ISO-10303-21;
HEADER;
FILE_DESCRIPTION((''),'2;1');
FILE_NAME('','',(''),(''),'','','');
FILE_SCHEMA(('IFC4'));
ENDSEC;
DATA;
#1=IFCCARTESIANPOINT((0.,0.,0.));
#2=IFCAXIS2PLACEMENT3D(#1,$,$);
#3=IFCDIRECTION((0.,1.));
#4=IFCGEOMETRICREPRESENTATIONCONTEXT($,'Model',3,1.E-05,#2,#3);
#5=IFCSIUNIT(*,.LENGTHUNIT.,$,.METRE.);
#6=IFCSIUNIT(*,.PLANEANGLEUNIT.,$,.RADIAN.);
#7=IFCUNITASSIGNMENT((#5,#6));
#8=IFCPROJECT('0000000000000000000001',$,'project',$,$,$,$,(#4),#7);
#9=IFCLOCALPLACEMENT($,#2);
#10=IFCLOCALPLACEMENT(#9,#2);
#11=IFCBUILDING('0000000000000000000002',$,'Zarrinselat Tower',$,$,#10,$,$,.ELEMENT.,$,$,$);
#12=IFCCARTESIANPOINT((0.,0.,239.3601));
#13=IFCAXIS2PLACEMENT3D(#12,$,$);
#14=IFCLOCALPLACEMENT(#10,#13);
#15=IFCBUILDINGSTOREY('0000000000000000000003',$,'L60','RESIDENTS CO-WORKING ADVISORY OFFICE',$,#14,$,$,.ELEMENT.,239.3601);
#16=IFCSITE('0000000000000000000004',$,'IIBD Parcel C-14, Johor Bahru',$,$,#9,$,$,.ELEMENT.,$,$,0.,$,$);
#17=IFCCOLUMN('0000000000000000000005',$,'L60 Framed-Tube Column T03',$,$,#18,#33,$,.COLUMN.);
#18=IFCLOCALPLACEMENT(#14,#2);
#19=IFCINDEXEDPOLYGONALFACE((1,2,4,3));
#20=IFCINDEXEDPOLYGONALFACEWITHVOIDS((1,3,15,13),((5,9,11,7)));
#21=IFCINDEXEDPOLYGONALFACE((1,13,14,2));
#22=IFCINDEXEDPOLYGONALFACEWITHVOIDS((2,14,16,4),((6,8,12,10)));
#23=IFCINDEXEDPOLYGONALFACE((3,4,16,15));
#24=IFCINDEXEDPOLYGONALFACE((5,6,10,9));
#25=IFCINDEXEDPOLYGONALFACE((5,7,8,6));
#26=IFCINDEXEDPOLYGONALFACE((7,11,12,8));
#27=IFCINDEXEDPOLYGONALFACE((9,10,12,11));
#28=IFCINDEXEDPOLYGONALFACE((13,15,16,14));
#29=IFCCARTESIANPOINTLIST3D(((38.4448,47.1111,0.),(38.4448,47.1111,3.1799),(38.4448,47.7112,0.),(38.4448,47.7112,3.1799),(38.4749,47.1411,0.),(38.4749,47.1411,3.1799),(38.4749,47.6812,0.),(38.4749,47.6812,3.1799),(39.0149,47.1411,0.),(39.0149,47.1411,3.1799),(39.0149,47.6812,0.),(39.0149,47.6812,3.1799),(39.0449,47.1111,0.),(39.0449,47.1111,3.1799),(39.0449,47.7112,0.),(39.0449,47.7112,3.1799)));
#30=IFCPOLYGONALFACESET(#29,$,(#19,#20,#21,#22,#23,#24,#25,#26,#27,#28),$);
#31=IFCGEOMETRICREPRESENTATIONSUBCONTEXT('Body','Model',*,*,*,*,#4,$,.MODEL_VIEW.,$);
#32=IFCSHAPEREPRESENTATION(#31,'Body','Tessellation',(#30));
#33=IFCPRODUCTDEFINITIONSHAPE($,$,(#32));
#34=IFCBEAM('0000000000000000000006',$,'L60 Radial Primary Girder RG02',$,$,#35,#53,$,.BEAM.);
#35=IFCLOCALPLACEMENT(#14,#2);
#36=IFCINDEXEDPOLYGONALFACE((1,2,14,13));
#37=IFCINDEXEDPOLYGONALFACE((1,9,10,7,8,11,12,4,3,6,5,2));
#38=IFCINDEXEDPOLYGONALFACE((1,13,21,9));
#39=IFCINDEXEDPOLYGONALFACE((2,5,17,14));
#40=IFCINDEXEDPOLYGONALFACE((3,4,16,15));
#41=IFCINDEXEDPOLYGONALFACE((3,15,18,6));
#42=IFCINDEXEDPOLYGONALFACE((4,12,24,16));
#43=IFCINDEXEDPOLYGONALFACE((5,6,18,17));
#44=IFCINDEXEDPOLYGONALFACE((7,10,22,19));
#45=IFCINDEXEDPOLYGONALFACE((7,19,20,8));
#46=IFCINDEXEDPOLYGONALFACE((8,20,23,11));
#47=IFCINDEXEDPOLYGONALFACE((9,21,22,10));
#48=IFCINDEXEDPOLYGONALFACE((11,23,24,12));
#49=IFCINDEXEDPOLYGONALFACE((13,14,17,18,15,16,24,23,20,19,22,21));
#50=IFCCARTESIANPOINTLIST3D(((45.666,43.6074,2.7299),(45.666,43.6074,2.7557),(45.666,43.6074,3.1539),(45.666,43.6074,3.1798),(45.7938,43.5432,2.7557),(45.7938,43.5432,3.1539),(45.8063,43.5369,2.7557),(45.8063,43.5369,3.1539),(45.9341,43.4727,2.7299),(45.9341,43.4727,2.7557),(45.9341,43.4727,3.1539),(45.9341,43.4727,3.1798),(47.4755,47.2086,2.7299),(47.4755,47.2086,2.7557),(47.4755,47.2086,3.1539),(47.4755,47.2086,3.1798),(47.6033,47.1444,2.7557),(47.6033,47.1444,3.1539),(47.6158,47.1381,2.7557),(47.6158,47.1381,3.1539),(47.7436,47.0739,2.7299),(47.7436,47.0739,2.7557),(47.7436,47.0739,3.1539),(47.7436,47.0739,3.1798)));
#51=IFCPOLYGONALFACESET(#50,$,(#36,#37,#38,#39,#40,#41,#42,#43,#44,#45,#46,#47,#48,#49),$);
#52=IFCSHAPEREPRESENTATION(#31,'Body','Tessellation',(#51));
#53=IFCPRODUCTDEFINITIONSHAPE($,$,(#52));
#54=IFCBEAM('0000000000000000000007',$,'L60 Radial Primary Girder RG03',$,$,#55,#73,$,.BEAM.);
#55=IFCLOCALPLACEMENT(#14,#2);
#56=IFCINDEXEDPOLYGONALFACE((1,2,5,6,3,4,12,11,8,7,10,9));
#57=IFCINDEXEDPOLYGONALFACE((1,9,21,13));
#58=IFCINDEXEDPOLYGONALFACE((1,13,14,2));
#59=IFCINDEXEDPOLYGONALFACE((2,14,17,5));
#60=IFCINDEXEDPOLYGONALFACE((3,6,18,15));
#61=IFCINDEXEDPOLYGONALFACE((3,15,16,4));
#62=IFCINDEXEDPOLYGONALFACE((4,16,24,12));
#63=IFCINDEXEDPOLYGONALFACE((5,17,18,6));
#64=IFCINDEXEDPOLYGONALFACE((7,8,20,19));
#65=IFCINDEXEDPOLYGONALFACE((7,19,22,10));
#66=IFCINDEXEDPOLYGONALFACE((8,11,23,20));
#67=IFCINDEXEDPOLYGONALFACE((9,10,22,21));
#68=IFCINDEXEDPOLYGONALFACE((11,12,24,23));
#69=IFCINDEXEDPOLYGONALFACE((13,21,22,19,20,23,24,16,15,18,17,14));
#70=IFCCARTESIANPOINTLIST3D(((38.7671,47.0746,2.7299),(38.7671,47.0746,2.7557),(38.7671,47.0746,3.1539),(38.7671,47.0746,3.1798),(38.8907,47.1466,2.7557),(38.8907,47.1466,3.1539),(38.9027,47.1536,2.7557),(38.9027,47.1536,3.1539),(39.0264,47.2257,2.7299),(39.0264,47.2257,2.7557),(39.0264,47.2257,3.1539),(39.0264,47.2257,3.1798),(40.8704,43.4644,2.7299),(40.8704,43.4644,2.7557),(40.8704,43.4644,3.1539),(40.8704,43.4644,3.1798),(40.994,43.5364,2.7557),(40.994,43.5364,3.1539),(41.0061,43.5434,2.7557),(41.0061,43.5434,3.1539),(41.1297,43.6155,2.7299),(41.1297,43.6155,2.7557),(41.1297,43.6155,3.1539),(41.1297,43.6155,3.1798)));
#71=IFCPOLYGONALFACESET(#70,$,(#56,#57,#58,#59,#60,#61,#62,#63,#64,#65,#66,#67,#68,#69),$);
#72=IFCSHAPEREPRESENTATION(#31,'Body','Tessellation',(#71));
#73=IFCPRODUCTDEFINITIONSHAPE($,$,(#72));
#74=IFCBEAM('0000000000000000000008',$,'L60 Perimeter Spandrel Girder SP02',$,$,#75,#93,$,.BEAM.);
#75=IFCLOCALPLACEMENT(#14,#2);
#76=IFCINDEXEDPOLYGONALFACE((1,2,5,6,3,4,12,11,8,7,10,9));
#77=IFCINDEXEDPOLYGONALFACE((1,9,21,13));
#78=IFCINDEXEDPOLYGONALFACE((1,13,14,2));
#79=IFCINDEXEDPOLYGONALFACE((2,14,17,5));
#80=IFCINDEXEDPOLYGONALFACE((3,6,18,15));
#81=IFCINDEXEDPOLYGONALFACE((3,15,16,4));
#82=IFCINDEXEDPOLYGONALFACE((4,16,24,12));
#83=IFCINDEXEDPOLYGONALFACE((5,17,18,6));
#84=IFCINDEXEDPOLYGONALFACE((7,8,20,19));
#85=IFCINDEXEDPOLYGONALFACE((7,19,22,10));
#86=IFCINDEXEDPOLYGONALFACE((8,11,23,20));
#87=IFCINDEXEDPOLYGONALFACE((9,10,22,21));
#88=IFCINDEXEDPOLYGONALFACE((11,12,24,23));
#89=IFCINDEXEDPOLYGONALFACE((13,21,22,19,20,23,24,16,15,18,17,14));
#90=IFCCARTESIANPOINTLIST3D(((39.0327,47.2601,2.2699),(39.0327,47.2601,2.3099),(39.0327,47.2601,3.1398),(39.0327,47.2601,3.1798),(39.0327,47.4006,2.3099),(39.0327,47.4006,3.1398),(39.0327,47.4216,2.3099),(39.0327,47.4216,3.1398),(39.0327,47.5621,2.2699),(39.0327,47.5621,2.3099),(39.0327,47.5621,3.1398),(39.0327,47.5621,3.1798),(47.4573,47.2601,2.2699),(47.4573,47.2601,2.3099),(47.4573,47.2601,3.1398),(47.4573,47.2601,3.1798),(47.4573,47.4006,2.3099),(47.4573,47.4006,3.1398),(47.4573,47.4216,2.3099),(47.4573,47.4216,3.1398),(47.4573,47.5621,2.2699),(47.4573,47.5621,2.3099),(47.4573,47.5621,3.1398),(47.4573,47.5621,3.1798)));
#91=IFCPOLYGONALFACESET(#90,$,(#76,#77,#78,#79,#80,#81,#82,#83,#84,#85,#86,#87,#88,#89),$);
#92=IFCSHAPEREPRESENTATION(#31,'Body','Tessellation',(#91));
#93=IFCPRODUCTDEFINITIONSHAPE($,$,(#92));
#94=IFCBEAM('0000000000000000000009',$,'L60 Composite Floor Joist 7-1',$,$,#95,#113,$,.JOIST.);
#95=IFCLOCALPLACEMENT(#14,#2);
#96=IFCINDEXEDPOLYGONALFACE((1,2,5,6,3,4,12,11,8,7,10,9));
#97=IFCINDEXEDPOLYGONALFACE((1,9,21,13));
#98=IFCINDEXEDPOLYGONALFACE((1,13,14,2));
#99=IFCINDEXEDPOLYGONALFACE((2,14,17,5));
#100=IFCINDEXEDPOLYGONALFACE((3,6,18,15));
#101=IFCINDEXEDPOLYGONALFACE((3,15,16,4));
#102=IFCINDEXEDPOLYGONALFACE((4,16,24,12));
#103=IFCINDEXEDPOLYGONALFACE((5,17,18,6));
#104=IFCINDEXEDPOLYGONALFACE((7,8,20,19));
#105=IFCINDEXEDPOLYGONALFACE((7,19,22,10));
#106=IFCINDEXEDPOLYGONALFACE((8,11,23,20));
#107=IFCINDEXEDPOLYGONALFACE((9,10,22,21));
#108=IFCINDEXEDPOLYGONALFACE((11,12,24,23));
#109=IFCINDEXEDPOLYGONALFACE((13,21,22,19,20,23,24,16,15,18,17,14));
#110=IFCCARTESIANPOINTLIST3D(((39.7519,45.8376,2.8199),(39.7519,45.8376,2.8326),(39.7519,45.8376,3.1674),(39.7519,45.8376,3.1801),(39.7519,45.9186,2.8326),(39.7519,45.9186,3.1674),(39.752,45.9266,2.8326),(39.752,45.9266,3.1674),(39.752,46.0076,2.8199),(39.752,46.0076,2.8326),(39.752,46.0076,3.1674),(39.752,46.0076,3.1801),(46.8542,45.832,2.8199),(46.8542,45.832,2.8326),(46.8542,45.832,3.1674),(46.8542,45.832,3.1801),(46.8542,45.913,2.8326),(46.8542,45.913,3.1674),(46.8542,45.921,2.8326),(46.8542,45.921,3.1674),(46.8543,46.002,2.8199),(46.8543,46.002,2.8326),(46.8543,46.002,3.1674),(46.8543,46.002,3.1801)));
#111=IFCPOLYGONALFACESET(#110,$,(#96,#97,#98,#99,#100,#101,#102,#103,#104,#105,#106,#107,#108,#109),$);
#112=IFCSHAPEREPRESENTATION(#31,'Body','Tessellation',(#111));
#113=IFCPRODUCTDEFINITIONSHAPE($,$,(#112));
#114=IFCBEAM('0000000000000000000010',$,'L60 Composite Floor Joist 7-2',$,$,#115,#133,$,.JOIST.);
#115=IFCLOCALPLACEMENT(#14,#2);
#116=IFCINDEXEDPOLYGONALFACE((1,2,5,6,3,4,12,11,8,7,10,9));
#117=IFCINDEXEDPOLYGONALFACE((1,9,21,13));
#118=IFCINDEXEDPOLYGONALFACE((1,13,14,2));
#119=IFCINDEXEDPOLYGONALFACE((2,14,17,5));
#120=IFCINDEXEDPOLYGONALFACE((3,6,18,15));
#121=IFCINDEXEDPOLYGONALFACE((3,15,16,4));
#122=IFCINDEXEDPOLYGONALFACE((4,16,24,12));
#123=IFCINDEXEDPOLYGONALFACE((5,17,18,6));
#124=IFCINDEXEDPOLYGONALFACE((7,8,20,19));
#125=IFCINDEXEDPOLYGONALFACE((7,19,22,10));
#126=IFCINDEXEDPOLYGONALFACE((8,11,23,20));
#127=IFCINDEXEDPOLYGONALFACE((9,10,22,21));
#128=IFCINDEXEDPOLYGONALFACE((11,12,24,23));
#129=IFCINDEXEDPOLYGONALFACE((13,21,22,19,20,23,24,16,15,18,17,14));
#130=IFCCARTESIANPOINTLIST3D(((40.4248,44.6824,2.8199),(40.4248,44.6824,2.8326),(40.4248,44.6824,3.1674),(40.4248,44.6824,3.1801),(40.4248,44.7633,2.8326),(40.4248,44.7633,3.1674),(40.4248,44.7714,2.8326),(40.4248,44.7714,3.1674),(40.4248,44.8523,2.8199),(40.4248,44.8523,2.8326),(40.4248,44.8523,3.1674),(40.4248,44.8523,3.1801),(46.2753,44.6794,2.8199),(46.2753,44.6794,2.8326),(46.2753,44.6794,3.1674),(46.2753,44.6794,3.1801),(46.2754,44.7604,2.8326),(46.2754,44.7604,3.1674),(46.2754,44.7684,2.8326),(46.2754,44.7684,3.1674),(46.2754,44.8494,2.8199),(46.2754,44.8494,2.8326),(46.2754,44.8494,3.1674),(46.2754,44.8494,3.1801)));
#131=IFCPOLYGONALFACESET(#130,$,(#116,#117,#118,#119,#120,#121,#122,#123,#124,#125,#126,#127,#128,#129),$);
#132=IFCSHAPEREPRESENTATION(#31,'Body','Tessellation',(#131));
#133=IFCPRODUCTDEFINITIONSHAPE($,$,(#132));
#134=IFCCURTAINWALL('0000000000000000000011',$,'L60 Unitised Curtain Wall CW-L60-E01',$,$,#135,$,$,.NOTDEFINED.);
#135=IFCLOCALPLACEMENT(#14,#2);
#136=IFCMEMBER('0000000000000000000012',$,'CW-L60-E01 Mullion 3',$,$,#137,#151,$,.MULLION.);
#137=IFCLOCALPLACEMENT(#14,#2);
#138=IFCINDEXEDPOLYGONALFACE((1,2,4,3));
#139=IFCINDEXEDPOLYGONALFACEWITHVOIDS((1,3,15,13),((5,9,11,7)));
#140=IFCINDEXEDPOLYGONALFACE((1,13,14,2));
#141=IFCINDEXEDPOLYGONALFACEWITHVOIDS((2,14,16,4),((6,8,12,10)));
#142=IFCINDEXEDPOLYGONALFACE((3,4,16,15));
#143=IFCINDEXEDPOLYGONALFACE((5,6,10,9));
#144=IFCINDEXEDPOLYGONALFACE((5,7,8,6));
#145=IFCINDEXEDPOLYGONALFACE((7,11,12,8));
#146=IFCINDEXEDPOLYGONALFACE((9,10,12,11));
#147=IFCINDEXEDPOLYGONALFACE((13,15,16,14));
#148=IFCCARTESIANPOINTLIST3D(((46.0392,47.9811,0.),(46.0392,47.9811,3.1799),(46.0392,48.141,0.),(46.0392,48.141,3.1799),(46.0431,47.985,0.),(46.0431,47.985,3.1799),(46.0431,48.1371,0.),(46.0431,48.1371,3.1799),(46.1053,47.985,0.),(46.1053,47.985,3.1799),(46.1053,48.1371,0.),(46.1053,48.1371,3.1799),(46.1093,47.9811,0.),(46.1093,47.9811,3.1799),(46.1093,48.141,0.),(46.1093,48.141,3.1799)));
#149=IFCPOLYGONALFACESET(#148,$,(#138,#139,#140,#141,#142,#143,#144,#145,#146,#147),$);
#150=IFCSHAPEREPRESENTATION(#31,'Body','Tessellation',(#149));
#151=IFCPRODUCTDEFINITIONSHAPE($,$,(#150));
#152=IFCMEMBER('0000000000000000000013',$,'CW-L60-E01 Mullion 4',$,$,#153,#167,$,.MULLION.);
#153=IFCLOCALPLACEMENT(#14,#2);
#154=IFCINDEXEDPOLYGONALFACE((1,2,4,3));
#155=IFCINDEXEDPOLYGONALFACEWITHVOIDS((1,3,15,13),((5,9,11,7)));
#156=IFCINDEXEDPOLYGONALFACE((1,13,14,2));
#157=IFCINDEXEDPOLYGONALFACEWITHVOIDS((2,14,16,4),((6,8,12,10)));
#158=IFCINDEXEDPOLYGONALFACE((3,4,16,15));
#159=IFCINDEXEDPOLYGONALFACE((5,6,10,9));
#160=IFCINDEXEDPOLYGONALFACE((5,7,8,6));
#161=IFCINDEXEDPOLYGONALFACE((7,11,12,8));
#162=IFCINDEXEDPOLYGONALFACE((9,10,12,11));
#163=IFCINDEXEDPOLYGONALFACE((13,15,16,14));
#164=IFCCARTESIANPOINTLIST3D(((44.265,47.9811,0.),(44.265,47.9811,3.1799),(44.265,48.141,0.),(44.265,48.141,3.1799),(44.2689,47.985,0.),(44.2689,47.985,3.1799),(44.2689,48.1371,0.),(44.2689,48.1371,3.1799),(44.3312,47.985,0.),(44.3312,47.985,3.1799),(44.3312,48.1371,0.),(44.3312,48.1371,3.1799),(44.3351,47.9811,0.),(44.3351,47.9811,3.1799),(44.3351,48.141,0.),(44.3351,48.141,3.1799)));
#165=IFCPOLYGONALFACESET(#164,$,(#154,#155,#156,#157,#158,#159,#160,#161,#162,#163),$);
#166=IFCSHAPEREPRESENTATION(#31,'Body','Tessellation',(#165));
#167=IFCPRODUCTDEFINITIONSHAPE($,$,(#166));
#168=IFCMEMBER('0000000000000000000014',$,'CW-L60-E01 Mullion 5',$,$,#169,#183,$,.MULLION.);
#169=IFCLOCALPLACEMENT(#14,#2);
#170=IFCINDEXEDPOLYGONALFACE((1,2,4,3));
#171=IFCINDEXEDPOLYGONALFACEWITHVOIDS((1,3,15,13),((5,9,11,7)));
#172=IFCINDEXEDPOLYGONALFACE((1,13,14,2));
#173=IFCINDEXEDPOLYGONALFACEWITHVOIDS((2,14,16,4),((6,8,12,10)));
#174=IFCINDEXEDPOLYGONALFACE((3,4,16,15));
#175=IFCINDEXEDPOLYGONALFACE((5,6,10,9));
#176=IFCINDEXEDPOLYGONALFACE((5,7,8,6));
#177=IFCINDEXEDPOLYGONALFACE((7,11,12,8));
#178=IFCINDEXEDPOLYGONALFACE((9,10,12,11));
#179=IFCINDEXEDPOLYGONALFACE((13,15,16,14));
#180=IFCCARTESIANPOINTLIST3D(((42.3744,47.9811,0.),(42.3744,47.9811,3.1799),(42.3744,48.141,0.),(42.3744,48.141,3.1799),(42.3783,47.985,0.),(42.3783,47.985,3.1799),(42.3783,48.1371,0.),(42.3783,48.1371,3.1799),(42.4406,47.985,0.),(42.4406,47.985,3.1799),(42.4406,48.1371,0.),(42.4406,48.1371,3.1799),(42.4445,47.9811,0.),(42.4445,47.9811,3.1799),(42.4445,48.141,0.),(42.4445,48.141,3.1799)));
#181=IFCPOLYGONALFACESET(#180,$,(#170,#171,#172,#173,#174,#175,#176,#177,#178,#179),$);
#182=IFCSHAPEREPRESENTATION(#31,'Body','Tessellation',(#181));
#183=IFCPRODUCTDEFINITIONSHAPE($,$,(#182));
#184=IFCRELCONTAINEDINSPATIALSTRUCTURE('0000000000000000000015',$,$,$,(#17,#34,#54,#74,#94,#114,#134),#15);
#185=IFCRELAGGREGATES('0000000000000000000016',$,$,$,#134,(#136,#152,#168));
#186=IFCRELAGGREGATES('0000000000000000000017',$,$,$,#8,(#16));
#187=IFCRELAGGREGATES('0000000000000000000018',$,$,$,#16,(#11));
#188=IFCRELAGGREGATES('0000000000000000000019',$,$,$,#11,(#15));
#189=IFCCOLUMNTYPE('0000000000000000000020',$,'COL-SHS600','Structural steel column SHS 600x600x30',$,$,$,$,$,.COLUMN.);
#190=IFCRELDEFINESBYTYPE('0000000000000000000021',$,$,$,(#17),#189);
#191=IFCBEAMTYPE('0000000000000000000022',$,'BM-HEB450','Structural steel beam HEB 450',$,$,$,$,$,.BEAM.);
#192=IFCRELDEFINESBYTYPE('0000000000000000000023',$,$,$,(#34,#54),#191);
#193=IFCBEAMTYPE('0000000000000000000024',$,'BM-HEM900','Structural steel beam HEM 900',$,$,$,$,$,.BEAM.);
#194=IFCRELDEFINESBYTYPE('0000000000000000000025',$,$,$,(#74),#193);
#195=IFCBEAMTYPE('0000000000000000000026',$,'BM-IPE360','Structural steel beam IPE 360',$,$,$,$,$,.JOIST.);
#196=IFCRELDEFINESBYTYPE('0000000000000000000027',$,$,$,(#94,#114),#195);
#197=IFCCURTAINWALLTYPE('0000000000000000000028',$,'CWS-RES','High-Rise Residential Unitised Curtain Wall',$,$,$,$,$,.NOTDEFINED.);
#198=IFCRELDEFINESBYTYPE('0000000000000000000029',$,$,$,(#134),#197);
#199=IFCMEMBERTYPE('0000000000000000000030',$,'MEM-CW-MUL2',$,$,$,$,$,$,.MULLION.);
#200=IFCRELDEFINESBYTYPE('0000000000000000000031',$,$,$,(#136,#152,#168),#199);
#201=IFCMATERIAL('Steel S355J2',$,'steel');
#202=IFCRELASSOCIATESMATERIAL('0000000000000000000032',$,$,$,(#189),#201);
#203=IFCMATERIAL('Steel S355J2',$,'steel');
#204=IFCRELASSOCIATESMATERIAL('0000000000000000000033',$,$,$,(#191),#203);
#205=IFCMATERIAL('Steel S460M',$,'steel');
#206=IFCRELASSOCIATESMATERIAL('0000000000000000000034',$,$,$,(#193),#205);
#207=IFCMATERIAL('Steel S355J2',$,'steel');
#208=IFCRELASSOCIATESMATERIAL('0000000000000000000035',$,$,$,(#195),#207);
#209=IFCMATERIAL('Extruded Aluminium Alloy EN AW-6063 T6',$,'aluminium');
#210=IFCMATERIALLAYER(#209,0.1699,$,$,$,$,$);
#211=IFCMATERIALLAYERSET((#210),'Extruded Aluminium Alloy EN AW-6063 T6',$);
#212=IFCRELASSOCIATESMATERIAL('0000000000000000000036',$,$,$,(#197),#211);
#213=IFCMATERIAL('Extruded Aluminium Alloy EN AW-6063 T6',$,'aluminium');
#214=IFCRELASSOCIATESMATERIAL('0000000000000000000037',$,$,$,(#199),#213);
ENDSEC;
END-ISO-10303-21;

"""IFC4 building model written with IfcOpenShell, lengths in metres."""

from ifc_helpers import new_model, si_unit, direction, frame, origin, origin_2d, place, context, subcontext, project, spatial, hollow_rectangle, i_section, extrude, material, layer, layer_set, material_profile, profile_set, type_object, element, aggregate, save


model = new_model("IFC4")

# Units and contexts
model_context = context("Model", 3, precision=1e-05, world=origin(), true_north=direction((0.0, 1.0)))
body_context = subcontext(model_context, "Body", "Model", "MODEL_VIEW")
ifc_project = project(units=[si_unit("LENGTHUNIT", "METRE"), si_unit("PLANEANGLEUNIT", "RADIAN")], contexts=[model_context])

# Site, building, storey
site_placement = place(None, origin())
site = spatial("IfcSite", under=ifc_project, at=site_placement, Name="IIBD Parcel C-14, Johor Bahru", CompositionType="ELEMENT", RefElevation=0.0)
building_placement = place(site_placement, origin())
building = spatial("IfcBuilding", under=site, at=building_placement, Name="Zarrinselat Tower", CompositionType="ELEMENT")
storey_placement = place(building_placement, frame((0.0, 0.0, 239.3601)))
storey = spatial("IfcBuildingStorey", under=building, at=storey_placement, Name="L60", Description="RESIDENTS CO-WORKING ADVISORY OFFICE", CompositionType="ELEMENT", Elevation=239.3601)

# Column
ifc_material_1 = material(Name="Steel S355J2", Category="steel")
ifc_material_profile_1 = material_profile(ifc_material_1, hollow_rectangle(XDim=0.6001, YDim=0.6001, WallThickness=0.03, at=origin_2d()), Name="SHS 600x600x30")
ifc_profile_set_1 = profile_set([ifc_material_profile_1], Name="Steel S355J2")
column_type = type_object("IfcColumnType", Name="COL-SHS600", Description="Structural steel column SHS 600x600x30", PredefinedType="COLUMN", material=ifc_profile_set_1)
column_placement = place(storey_placement, frame((38.7449, 47.4111, 0.0), z_axis=(0.0, 0.0, 1.0), x_axis=(1.0, 0.0, 0.0)))
element("IfcColumn", 1, at=column_placement, inside=storey, type_object=column_type, Name="L60 Framed-Tube Column T03", PredefinedType="COLUMN", context=body_context, shape_type="SweptSolid", body=[
    extrude(hollow_rectangle(XDim=0.6001, YDim=0.6001, WallThickness=0.03, at=origin_2d()), origin(), (0.0, 0.0, 1.0), 3.1799),
])

# Beams
ifc_material_2 = material(Name="Steel S355J2", Category="steel")
ifc_material_profile_2 = material_profile(ifc_material_2, i_section(OverallWidth=0.3, OverallDepth=0.45, WebThickness=0.0139, FlangeThickness=0.0259, at=origin_2d()), Name="HEB 450")
ifc_profile_set_2 = profile_set([ifc_material_profile_2], Name="Steel S355J2")
beam_type_1 = type_object("IfcBeamType", Name="BM-HEB450", Description="Structural steel beam HEB 450", PredefinedType="BEAM", material=ifc_profile_set_2)
beam_1_placement = place(storey_placement, frame((45.8, 43.54, 2.9548), z_axis=(0.448982, 0.893541, 0.0), x_axis=(-0.893541, 0.448982, 0.0)))
element("IfcBeam", 2, at=beam_1_placement, inside=storey, type_object=beam_type_1, Name="L60 Radial Primary Girder RG02", PredefinedType="BEAM", context=body_context, shape_type="SweptSolid", body=[
    extrude(i_section(OverallWidth=0.3, OverallDepth=0.45, WebThickness=0.0139, FlangeThickness=0.0259, at=origin_2d()), origin(), (0.0, 0.0, 1.0), 4.0303),
])
beam_2_placement = place(storey_placement, frame((38.8967, 47.1501, 2.9548), z_axis=(0.503402, -0.864052, 0.0), x_axis=(0.864052, 0.503402, 0.0)))
element("IfcBeam", 3, at=beam_2_placement, inside=storey, type_object=beam_type_1, Name="L60 Radial Primary Girder RG03", PredefinedType="BEAM", context=body_context, shape_type="SweptSolid", body=[
    extrude(i_section(OverallWidth=0.3, OverallDepth=0.45, WebThickness=0.0139, FlangeThickness=0.0259, at=origin_2d()), origin(), (0.0, 0.0, 1.0), 4.1782),
])
ifc_material_3 = material(Name="Steel S460M", Category="steel")
ifc_material_profile_3 = material_profile(ifc_material_3, i_section(OverallWidth=0.302, OverallDepth=0.9099, WebThickness=0.021, FlangeThickness=0.04, at=origin_2d()), Name="HEM 900")
ifc_profile_set_3 = profile_set([ifc_material_profile_3], Name="Steel S460M")
beam_type_2 = type_object("IfcBeamType", Name="BM-HEM900", Description="Structural steel beam HEM 900", PredefinedType="BEAM", material=ifc_profile_set_3)
beam_3_placement = place(storey_placement, frame((39.0327, 47.4111, 2.7249), z_axis=(1.0, 0.0, 0.0), x_axis=(0.0, 1.0, 0.0)))
element("IfcBeam", 4, at=beam_3_placement, inside=storey, type_object=beam_type_2, Name="L60 Perimeter Spandrel Girder SP02", PredefinedType="BEAM", context=body_context, shape_type="SweptSolid", body=[
    extrude(i_section(OverallWidth=0.302, OverallDepth=0.9099, WebThickness=0.021, FlangeThickness=0.04, at=origin_2d()), origin(), (0.0, 0.0, 1.0), 8.4246),
])
ifc_material_4 = material(Name="Steel S355J2", Category="steel")
ifc_material_profile_4 = material_profile(ifc_material_4, i_section(OverallWidth=0.1699, OverallDepth=0.3601, WebThickness=0.0081, FlangeThickness=0.0127, at=origin_2d()), Name="IPE 360")
ifc_profile_set_4 = profile_set([ifc_material_profile_4], Name="Steel S355J2")
beam_type_3 = type_object("IfcBeamType", Name="BM-IPE360", Description="Structural steel beam IPE 360", PredefinedType="JOIST", material=ifc_profile_set_4)
beam_4_placement = place(storey_placement, frame((39.752, 45.9226, 3.0), z_axis=(1.0, -0.000791, 0.0), x_axis=(0.000791, 1.0, 0.0)))
element("IfcBeam", 5, at=beam_4_placement, inside=storey, type_object=beam_type_3, Name="L60 Composite Floor Joist 7-1", PredefinedType="JOIST", context=body_context, shape_type="SweptSolid", body=[
    extrude(i_section(OverallWidth=0.1699, OverallDepth=0.3601, WebThickness=0.0081, FlangeThickness=0.0127, at=origin_2d()), origin(), (0.0, 0.0, 1.0), 7.1023),
])
beam_5_placement = place(storey_placement, frame((40.4248, 44.7673, 3.0), z_axis=(1.0, -0.000501, 0.0), x_axis=(0.000501, 1.0, 0.0)))
element("IfcBeam", 6, at=beam_5_placement, inside=storey, type_object=beam_type_3, Name="L60 Composite Floor Joist 7-2", PredefinedType="JOIST", context=body_context, shape_type="SweptSolid", body=[
    extrude(i_section(OverallWidth=0.1699, OverallDepth=0.3601, WebThickness=0.0081, FlangeThickness=0.0127, at=origin_2d()), origin(), (0.0, 0.0, 1.0), 5.8506),
])

# Curtain wall, members
ifc_material_5 = material(Name="Extruded Aluminium Alloy EN AW-6063 T6", Category="aluminium")
ifc_layer_1 = layer(ifc_material_5, 0.1699)
ifc_layer_set_1 = layer_set([ifc_layer_1], Name="Extruded Aluminium Alloy EN AW-6063 T6")
curtain_wall_type = type_object("IfcCurtainWallType", Name="CWS-RES", Description="High-Rise Residential Unitised Curtain Wall", PredefinedType="NOTDEFINED", material=ifc_layer_set_1)
curtain_wall_placement = place(storey_placement, origin())
curtain_wall = element("IfcCurtainWall", 7, at=curtain_wall_placement, inside=storey, type_object=curtain_wall_type, Name="L60 Unitised Curtain Wall CW-L60-E01", PredefinedType="NOTDEFINED")
ifc_material_6 = material(Name="Extruded Aluminium Alloy EN AW-6063 T6", Category="aluminium")
ifc_material_profile_5 = material_profile(ifc_material_6, hollow_rectangle(XDim=0.0701, YDim=0.1599, WallThickness=0.0039, at=origin_2d()), Name="RHS 160x70x4")
ifc_profile_set_5 = profile_set([ifc_material_profile_5], Name="Extruded Aluminium Alloy EN AW-6063 T6")
member_type_1 = type_object("IfcMemberType", Name="MEM-CW-MUL2", PredefinedType="MULLION", material=ifc_profile_set_5)
member_1_placement = place(storey_placement, frame((46.0742, 48.061, 0.0), z_axis=(0.0, 0.0, 1.0), x_axis=(-1.0, 0.0, 0.0)))
member_1 = element("IfcMember", 8, at=member_1_placement, type_object=member_type_1, Name="CW-L60-E01 Mullion 3", PredefinedType="MULLION", context=body_context, shape_type="SweptSolid", body=[
    extrude(hollow_rectangle(XDim=0.0701, YDim=0.1599, WallThickness=0.0039, at=origin_2d()), origin(), (0.0, 0.0, 1.0), 3.1799),
])
member_2_placement = place(storey_placement, frame((44.3, 48.061, 0.0), z_axis=(0.0, 0.0, 1.0), x_axis=(-1.0, 0.0, 0.0)))
member_2 = element("IfcMember", 9, at=member_2_placement, type_object=member_type_1, Name="CW-L60-E01 Mullion 4", PredefinedType="MULLION", context=body_context, shape_type="SweptSolid", body=[
    extrude(hollow_rectangle(XDim=0.0701, YDim=0.1599, WallThickness=0.0039, at=origin_2d()), origin(), (0.0, 0.0, 1.0), 3.1799),
])
member_3_placement = place(storey_placement, frame((42.4094, 48.061, 0.0), z_axis=(0.0, 0.0, 1.0), x_axis=(-1.0, 0.0, 0.0)))
member_3 = element("IfcMember", 10, at=member_3_placement, type_object=member_type_1, Name="CW-L60-E01 Mullion 5", PredefinedType="MULLION", context=body_context, shape_type="SweptSolid", body=[
    extrude(hollow_rectangle(XDim=0.0701, YDim=0.1599, WallThickness=0.0039, at=origin_2d()), origin(), (0.0, 0.0, 1.0), 3.1799),
])
aggregate(curtain_wall, [member_1, member_2, member_3])

save(model, "model.ifc")
